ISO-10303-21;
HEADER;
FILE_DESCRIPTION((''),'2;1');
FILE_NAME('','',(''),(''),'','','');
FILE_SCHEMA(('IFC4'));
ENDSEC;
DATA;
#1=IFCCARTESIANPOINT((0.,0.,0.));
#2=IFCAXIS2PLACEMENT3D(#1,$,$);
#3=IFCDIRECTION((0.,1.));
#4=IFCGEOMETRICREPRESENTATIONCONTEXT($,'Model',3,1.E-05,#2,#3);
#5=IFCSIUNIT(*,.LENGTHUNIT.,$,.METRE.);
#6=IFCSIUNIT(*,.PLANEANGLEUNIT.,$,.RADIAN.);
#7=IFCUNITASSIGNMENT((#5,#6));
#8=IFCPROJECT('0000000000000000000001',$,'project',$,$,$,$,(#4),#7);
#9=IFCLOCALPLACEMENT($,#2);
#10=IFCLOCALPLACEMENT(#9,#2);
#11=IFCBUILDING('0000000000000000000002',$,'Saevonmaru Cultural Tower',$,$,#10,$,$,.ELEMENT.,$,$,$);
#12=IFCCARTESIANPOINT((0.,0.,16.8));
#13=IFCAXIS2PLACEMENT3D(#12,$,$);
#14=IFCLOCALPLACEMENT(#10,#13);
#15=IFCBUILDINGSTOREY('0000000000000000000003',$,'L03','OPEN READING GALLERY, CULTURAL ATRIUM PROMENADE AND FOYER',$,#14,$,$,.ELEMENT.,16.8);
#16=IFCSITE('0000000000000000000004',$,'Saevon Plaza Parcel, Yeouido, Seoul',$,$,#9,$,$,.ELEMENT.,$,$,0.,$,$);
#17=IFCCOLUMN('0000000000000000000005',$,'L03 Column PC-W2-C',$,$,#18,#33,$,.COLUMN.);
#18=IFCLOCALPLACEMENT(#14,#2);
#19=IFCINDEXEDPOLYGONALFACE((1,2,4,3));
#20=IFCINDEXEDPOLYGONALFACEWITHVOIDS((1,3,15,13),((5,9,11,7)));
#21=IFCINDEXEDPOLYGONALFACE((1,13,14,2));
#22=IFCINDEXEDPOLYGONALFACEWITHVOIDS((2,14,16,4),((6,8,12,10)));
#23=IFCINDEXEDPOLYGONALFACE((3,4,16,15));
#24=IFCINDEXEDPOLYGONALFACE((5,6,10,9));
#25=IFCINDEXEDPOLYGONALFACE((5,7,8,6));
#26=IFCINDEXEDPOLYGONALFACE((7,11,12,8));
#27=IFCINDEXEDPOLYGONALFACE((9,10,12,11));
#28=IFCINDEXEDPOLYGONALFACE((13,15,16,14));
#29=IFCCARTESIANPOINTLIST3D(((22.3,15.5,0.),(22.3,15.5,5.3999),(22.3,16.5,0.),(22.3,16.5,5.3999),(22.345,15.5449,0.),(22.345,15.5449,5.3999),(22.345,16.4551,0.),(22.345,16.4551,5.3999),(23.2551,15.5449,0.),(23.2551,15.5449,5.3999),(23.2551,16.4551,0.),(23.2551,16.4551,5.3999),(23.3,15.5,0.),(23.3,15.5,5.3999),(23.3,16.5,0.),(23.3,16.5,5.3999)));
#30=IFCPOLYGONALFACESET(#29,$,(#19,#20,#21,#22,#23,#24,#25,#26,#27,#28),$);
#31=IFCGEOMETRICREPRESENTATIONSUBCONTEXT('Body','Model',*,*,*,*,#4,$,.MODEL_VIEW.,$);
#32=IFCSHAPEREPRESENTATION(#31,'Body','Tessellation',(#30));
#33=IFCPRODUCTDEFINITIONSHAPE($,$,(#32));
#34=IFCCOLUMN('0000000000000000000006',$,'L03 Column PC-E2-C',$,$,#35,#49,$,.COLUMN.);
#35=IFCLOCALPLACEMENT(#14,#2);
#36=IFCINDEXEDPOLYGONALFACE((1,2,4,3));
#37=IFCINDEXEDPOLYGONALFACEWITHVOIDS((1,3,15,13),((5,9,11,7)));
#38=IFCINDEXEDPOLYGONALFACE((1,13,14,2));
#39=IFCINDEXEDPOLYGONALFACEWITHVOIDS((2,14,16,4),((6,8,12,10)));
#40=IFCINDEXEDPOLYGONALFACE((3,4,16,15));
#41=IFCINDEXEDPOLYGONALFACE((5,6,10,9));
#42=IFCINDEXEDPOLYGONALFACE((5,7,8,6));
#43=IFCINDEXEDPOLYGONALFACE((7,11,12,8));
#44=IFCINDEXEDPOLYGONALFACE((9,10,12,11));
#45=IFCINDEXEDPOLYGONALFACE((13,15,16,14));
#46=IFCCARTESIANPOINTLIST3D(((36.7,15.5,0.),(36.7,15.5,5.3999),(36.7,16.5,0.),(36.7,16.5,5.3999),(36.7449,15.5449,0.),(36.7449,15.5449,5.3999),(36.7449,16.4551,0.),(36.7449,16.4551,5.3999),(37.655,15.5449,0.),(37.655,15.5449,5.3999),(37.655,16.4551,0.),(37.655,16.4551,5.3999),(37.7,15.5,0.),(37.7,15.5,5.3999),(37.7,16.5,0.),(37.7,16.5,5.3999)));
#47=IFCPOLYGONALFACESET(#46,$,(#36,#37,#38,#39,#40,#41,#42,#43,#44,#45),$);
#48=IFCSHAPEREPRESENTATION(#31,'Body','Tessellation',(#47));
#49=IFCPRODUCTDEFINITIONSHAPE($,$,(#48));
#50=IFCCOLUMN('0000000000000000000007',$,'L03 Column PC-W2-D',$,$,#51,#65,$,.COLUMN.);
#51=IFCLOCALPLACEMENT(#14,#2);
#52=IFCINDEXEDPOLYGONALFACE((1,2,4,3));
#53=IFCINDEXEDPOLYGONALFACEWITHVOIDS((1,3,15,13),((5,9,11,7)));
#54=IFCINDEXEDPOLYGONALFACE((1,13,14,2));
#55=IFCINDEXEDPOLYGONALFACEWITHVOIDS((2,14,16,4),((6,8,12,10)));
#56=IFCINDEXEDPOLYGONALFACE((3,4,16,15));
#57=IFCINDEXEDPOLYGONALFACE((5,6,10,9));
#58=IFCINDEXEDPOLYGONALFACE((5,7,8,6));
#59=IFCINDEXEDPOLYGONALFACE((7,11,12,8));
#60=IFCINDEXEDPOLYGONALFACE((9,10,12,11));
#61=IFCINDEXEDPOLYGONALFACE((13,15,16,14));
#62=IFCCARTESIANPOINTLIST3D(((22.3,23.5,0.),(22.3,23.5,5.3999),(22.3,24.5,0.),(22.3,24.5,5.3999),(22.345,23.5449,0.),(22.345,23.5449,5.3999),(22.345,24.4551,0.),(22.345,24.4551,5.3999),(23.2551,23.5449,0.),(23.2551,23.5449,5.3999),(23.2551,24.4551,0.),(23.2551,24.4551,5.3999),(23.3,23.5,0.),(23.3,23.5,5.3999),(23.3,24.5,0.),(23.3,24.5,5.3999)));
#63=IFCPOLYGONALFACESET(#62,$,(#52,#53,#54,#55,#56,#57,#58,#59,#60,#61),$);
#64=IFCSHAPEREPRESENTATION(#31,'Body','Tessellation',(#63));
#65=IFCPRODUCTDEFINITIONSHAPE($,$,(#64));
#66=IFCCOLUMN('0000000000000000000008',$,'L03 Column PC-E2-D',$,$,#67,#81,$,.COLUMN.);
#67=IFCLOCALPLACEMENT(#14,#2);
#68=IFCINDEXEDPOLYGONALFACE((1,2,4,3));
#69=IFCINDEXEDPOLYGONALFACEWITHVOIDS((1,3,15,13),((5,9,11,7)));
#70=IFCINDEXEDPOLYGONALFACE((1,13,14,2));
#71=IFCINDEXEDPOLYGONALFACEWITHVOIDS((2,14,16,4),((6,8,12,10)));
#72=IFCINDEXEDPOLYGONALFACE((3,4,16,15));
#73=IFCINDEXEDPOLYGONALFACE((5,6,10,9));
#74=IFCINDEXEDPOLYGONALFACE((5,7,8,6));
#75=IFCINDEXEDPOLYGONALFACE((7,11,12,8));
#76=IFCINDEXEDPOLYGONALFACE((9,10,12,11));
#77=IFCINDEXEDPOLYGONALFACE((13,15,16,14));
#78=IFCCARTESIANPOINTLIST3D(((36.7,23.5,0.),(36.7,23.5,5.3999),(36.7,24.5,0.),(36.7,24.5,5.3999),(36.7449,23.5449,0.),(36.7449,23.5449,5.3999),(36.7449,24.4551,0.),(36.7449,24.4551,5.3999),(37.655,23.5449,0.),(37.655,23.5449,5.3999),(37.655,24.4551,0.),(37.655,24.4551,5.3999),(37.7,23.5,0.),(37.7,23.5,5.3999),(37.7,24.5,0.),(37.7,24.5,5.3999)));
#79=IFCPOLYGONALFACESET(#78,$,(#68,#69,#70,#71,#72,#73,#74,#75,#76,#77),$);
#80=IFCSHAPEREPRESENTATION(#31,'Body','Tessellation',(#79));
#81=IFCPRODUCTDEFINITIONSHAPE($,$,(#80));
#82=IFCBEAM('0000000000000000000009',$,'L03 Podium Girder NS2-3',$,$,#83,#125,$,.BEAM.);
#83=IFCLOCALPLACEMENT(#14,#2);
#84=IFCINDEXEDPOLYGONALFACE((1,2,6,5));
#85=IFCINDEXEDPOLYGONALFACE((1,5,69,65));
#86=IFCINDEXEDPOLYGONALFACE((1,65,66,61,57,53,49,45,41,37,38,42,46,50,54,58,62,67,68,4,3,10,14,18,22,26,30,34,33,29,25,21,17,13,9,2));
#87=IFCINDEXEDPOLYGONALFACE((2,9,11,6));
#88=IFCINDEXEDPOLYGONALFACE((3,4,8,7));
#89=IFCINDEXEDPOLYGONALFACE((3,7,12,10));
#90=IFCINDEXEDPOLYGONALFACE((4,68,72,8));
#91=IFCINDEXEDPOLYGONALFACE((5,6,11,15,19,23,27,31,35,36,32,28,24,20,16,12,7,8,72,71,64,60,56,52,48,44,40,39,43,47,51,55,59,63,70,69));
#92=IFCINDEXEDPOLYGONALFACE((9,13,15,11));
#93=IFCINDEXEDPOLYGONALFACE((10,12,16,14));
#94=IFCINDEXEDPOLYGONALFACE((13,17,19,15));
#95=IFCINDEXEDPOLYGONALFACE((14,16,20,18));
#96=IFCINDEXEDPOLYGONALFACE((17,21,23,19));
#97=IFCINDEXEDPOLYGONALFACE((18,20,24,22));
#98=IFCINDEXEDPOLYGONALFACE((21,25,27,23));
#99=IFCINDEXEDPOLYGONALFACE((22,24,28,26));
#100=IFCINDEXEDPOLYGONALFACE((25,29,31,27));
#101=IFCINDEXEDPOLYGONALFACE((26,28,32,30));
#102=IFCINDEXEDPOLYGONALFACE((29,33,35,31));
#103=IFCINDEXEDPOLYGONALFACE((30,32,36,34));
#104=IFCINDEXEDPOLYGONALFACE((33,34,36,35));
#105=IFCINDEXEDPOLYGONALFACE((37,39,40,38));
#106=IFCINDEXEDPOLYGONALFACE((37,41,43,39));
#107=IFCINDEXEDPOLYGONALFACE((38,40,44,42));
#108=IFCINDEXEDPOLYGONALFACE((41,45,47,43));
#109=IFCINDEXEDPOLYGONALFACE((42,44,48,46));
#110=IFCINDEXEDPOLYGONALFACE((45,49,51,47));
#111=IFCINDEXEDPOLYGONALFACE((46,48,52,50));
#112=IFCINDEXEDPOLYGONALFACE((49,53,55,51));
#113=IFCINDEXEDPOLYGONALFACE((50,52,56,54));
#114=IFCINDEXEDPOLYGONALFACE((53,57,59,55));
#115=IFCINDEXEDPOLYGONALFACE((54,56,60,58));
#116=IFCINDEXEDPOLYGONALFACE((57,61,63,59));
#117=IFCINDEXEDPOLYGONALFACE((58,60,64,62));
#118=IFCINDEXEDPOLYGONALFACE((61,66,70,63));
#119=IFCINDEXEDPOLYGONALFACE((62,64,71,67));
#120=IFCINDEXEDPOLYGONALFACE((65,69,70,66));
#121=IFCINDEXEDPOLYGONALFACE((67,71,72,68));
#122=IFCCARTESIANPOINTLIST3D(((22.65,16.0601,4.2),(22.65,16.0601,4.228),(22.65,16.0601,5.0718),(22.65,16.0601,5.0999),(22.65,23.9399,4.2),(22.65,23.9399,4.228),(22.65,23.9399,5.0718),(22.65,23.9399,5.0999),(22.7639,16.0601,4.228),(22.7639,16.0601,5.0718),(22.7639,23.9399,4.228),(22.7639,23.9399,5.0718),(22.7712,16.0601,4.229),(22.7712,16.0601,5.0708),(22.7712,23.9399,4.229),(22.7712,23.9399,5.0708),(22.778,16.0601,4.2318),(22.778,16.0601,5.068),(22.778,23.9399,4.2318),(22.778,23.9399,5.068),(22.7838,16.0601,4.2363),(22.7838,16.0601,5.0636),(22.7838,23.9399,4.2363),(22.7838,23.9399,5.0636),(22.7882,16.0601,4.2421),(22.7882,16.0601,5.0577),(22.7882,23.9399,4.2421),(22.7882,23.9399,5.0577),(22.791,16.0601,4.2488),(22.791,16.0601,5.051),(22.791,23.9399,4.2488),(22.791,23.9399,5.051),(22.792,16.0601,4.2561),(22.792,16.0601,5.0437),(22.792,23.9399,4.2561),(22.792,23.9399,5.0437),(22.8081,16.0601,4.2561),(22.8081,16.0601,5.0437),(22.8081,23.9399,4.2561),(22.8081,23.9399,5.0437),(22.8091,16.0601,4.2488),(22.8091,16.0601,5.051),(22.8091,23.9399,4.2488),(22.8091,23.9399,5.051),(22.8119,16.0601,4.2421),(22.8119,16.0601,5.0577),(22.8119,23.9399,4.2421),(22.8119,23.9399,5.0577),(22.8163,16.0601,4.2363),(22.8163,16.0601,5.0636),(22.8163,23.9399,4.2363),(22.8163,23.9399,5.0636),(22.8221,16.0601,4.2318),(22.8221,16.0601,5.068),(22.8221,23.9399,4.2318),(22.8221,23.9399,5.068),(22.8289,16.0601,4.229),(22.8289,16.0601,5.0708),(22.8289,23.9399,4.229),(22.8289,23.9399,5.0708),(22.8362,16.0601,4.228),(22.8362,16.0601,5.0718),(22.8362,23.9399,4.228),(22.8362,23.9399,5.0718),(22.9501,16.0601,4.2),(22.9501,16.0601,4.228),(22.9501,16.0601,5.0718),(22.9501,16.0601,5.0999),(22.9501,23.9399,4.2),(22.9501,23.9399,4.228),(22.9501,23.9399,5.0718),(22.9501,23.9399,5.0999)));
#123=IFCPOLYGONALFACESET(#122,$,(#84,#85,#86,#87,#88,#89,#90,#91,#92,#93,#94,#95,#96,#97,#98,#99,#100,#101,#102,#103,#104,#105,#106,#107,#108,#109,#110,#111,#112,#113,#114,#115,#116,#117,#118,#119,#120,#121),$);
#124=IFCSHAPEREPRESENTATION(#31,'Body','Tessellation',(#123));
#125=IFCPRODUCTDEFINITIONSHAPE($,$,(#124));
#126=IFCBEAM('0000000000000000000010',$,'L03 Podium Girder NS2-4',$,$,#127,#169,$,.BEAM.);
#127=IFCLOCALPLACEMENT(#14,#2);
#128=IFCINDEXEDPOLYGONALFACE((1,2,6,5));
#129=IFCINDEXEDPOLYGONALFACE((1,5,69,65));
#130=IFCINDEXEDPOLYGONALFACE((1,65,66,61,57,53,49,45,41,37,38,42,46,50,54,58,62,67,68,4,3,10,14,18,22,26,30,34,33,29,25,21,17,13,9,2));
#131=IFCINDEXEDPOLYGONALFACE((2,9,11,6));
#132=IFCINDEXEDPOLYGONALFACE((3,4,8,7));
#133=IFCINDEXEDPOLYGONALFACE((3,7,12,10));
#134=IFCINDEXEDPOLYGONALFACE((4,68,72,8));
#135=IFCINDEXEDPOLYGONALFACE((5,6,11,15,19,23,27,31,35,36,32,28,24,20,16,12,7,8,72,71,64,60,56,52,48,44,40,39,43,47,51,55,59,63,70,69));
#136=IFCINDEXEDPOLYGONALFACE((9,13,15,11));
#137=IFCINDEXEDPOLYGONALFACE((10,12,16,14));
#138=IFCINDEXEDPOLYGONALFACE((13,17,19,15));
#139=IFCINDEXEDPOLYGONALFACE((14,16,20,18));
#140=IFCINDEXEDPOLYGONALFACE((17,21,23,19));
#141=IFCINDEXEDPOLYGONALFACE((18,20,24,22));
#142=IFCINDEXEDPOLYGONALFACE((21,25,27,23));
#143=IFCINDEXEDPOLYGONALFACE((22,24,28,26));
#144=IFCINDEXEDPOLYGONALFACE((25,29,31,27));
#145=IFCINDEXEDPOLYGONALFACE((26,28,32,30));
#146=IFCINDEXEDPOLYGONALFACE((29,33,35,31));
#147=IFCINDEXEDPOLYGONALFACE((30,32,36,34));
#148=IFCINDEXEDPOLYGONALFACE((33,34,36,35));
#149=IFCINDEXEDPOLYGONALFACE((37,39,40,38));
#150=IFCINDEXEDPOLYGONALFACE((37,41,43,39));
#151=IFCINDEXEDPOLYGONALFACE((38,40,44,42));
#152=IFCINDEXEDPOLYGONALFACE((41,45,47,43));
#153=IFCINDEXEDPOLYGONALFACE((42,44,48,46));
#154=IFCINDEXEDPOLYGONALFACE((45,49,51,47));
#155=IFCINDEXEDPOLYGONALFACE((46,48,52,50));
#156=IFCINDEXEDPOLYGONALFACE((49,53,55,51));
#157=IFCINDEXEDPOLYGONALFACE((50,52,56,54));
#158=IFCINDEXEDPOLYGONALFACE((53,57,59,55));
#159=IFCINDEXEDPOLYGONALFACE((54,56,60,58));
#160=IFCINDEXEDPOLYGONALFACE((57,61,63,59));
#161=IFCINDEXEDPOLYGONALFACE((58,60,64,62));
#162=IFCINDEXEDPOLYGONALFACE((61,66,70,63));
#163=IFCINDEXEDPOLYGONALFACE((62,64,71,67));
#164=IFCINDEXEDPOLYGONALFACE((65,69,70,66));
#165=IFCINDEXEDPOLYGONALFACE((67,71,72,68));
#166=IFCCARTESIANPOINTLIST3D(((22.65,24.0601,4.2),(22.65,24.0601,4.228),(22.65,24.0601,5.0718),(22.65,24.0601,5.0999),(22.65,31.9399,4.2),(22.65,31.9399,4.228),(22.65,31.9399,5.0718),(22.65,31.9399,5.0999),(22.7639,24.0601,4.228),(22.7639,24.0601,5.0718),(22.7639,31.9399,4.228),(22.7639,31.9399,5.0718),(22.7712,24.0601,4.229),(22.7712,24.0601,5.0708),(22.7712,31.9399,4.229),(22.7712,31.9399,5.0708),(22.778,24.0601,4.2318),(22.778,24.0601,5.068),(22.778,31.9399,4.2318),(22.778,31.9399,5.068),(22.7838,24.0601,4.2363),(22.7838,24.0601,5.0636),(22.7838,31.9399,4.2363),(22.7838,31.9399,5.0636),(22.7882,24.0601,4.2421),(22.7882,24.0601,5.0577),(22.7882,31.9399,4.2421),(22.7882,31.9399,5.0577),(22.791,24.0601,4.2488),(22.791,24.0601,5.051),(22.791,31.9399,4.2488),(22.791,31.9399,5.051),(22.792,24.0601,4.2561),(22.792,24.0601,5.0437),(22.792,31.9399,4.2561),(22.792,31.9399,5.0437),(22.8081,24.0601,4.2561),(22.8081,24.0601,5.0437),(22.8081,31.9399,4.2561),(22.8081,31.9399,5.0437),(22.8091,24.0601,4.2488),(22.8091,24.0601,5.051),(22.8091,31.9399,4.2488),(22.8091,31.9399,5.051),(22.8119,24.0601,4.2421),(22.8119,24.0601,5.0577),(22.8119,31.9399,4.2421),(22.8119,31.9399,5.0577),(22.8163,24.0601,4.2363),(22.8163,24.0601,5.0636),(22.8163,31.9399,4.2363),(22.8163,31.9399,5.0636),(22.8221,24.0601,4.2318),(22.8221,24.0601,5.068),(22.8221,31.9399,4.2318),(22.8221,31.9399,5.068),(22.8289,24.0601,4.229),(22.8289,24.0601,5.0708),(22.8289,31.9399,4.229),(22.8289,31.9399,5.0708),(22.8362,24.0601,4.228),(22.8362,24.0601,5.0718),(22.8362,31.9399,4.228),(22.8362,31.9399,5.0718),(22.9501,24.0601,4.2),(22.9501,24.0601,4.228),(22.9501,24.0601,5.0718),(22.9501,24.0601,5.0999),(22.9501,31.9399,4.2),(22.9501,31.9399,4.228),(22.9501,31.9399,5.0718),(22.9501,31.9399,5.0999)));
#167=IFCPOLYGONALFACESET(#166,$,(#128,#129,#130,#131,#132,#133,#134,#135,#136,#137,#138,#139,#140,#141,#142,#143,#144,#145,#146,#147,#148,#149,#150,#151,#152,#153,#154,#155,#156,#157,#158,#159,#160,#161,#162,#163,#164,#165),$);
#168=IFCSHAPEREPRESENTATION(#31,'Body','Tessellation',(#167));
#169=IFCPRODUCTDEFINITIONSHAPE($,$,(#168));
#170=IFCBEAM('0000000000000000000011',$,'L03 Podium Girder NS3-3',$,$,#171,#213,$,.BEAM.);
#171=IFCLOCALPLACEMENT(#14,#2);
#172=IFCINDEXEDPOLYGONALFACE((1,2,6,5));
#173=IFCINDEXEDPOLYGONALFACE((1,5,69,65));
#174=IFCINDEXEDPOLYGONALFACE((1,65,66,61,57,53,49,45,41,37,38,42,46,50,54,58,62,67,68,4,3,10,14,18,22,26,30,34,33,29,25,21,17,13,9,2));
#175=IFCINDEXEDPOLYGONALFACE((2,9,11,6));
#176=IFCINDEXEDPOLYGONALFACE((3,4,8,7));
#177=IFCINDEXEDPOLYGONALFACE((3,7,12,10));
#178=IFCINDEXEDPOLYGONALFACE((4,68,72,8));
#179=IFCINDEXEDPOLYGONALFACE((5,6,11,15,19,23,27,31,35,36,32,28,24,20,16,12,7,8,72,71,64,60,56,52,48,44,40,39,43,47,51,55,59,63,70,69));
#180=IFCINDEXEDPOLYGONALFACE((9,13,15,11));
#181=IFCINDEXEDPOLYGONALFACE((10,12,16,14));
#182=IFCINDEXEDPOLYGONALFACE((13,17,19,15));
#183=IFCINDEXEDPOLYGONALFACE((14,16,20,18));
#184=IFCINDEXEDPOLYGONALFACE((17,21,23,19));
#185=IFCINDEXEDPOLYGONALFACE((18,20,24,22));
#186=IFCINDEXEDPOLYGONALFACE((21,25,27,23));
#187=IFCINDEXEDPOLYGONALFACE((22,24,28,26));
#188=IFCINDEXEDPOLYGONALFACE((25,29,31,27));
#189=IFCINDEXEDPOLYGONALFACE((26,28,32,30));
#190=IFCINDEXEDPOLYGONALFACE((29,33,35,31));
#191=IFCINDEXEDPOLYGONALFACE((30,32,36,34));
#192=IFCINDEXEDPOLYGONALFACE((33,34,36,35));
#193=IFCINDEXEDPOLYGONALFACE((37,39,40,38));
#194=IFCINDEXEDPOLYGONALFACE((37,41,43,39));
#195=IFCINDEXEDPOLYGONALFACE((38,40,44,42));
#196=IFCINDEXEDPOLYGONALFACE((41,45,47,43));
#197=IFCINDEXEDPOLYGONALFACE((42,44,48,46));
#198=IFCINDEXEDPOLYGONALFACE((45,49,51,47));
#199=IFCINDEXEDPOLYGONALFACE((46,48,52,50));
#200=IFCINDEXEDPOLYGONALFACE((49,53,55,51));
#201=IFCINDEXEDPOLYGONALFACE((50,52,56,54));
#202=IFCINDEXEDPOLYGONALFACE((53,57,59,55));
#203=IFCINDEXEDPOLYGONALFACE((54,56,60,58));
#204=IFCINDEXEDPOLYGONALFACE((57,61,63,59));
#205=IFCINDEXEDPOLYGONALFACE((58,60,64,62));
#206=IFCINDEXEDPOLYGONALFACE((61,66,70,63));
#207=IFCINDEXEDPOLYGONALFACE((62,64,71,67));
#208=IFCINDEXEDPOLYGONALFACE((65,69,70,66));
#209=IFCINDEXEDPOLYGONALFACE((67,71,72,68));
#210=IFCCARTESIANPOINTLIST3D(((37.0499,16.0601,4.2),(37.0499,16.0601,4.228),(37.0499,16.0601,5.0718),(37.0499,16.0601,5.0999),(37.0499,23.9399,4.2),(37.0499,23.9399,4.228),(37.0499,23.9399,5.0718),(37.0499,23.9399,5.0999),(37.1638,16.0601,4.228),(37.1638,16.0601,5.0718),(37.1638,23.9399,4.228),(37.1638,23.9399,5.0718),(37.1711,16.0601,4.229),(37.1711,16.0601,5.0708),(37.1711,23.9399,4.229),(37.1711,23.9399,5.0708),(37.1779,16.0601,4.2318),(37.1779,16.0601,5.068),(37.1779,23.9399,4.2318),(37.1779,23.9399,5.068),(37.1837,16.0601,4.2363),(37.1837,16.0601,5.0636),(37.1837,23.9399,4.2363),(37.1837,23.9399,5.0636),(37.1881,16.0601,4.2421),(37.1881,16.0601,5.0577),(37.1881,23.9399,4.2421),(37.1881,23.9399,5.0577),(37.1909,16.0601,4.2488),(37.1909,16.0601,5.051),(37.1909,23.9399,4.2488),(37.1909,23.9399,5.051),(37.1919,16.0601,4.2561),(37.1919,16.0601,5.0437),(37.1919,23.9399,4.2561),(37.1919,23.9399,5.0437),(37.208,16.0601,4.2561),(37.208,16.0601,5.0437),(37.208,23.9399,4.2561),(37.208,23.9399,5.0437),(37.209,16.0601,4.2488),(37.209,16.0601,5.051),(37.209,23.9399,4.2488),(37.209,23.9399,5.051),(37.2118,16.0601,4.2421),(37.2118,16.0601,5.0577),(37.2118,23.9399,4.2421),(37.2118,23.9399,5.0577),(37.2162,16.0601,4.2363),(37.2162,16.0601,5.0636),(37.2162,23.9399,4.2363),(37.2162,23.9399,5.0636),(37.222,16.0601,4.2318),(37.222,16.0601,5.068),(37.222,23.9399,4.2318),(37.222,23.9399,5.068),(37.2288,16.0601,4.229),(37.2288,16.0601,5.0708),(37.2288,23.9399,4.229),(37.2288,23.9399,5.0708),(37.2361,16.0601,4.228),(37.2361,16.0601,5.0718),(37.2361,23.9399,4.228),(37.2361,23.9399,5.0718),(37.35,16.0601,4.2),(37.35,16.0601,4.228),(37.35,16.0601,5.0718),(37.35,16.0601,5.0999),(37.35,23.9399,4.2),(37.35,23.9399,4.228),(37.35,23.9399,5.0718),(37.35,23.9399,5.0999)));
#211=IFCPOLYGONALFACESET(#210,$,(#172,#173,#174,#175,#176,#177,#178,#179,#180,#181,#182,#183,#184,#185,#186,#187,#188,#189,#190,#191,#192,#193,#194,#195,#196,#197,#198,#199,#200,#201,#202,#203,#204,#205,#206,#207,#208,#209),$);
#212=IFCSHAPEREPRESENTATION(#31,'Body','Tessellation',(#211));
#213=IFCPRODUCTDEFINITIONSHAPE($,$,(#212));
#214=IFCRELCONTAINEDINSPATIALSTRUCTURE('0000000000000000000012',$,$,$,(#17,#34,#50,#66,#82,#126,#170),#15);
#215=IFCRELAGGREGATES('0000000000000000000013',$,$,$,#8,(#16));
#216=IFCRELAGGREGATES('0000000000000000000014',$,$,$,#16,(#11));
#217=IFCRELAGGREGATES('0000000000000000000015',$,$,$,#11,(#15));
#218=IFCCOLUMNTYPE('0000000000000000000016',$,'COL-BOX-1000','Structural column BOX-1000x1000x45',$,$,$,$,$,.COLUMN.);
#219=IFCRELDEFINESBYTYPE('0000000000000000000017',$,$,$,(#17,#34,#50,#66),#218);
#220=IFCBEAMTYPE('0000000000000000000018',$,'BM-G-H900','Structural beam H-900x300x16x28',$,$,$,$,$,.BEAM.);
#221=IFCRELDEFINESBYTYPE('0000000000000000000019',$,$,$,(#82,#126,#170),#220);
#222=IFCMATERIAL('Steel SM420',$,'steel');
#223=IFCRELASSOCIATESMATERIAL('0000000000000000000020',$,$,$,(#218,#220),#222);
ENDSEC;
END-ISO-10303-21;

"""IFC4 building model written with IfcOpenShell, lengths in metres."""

from ifc_helpers import new_model, si_unit, direction, frame, origin, origin_2d, place, context, subcontext, project, spatial, hollow_rectangle, i_section, extrude, material, material_profile, profile_set, type_object, element, save


model = new_model("IFC4")

# Units and contexts
model_context = context("Model", 3, precision=1e-05, world=origin(), true_north=direction((0.0, 1.0)))
body_context = subcontext(model_context, "Body", "Model", "MODEL_VIEW")
ifc_project = project(units=[si_unit("LENGTHUNIT", "METRE"), si_unit("PLANEANGLEUNIT", "RADIAN")], contexts=[model_context])

# Site, building, storey
site_placement = place(None, origin())
site = spatial("IfcSite", under=ifc_project, at=site_placement, Name="Saevon Plaza Parcel, Yeouido, Seoul", CompositionType="ELEMENT", RefElevation=0.0)
building_placement = place(site_placement, origin())
building = spatial("IfcBuilding", under=site, at=building_placement, Name="Saevonmaru Cultural Tower", CompositionType="ELEMENT")
storey_placement = place(building_placement, frame((0.0, 0.0, 16.8)))
storey = spatial("IfcBuildingStorey", under=building, at=storey_placement, Name="L03", Description="OPEN READING GALLERY, CULTURAL ATRIUM PROMENADE AND FOYER", CompositionType="ELEMENT", Elevation=16.8)

# Columns
ifc_material_1 = material(Name="Steel SM420", Category="steel")
ifc_material_profile_1 = material_profile(ifc_material_1, hollow_rectangle(XDim=1.0, YDim=1.0, WallThickness=0.0449, at=origin_2d()), Name="BOX-1000x1000x45")
ifc_profile_set_1 = profile_set([ifc_material_profile_1], Name="Steel SM420")
column_type = type_object("IfcColumnType", Name="COL-BOX-1000", Description="Structural column BOX-1000x1000x45", PredefinedType="COLUMN", material=ifc_profile_set_1)
for number, where, z_axis, x_axis, name in (
    (1, (22.8, 16.0, 0.0), (0.0, 0.0, 1.0), (1.0, 0.0, 0.0), "L03 Column PC-W2-C"),
    (2, (37.2, 16.0, 0.0), (0.0, 0.0, 1.0), (1.0, 0.0, 0.0), "L03 Column PC-E2-C"),
    (3, (22.8, 24.0, 0.0), (0.0, 0.0, 1.0), (1.0, 0.0, 0.0), "L03 Column PC-W2-D"),
    (4, (37.2, 24.0, 0.0), (0.0, 0.0, 1.0), (1.0, 0.0, 0.0), "L03 Column PC-E2-D"),
):
    element("IfcColumn", number, at=place(storey_placement, frame(where, z_axis=z_axis, x_axis=x_axis)), inside=storey, type_object=column_type, Name=name, PredefinedType="COLUMN", context=body_context, shape_type="SweptSolid", body=[
        extrude(hollow_rectangle(XDim=1.0, YDim=1.0, WallThickness=0.0449, at=origin_2d()), origin(), (0.0, 0.0, 1.0), 5.3999),
    ])

# Beams
ifc_material_profile_2 = material_profile(ifc_material_1, i_section(OverallWidth=0.3, OverallDepth=0.8999, WebThickness=0.0161, FlangeThickness=0.0281, FilletRadius=0.0281, at=origin_2d()), Name="H-900x300x16x28")
ifc_profile_set_2 = profile_set([ifc_material_profile_2], Name="Steel SM420")
beam_type_1 = type_object("IfcBeamType", Name="BM-G-H900", Description="Structural beam H-900x300x16x28", PredefinedType="BEAM", material=ifc_profile_set_2)
for number, where, z_axis, x_axis, name in (
    (5, (22.8, 16.0601, 4.6499), (0.0, 1.0, 0.0), (-1.0, 0.0, 0.0), "L03 Podium Girder NS2-3"),
    (6, (22.8, 24.0601, 4.6499), (0.0, 1.0, 0.0), (-1.0, 0.0, 0.0), "L03 Podium Girder NS2-4"),
    (7, (37.2, 16.0601, 4.6499), (0.0, 1.0, 0.0), (-1.0, 0.0, 0.0), "L03 Podium Girder NS3-3"),
):
    element("IfcBeam", number, at=place(storey_placement, frame(where, z_axis=z_axis, x_axis=x_axis)), inside=storey, type_object=beam_type_1, Name=name, PredefinedType="BEAM", context=body_context, shape_type="SweptSolid", body=[
        extrude(i_section(OverallWidth=0.3, OverallDepth=0.8999, WebThickness=0.0161, FlangeThickness=0.0281, FilletRadius=0.0281, at=origin_2d()), origin(), (0.0, 0.0, 1.0), 7.8799),
    ])

save(model, "model.ifc")
